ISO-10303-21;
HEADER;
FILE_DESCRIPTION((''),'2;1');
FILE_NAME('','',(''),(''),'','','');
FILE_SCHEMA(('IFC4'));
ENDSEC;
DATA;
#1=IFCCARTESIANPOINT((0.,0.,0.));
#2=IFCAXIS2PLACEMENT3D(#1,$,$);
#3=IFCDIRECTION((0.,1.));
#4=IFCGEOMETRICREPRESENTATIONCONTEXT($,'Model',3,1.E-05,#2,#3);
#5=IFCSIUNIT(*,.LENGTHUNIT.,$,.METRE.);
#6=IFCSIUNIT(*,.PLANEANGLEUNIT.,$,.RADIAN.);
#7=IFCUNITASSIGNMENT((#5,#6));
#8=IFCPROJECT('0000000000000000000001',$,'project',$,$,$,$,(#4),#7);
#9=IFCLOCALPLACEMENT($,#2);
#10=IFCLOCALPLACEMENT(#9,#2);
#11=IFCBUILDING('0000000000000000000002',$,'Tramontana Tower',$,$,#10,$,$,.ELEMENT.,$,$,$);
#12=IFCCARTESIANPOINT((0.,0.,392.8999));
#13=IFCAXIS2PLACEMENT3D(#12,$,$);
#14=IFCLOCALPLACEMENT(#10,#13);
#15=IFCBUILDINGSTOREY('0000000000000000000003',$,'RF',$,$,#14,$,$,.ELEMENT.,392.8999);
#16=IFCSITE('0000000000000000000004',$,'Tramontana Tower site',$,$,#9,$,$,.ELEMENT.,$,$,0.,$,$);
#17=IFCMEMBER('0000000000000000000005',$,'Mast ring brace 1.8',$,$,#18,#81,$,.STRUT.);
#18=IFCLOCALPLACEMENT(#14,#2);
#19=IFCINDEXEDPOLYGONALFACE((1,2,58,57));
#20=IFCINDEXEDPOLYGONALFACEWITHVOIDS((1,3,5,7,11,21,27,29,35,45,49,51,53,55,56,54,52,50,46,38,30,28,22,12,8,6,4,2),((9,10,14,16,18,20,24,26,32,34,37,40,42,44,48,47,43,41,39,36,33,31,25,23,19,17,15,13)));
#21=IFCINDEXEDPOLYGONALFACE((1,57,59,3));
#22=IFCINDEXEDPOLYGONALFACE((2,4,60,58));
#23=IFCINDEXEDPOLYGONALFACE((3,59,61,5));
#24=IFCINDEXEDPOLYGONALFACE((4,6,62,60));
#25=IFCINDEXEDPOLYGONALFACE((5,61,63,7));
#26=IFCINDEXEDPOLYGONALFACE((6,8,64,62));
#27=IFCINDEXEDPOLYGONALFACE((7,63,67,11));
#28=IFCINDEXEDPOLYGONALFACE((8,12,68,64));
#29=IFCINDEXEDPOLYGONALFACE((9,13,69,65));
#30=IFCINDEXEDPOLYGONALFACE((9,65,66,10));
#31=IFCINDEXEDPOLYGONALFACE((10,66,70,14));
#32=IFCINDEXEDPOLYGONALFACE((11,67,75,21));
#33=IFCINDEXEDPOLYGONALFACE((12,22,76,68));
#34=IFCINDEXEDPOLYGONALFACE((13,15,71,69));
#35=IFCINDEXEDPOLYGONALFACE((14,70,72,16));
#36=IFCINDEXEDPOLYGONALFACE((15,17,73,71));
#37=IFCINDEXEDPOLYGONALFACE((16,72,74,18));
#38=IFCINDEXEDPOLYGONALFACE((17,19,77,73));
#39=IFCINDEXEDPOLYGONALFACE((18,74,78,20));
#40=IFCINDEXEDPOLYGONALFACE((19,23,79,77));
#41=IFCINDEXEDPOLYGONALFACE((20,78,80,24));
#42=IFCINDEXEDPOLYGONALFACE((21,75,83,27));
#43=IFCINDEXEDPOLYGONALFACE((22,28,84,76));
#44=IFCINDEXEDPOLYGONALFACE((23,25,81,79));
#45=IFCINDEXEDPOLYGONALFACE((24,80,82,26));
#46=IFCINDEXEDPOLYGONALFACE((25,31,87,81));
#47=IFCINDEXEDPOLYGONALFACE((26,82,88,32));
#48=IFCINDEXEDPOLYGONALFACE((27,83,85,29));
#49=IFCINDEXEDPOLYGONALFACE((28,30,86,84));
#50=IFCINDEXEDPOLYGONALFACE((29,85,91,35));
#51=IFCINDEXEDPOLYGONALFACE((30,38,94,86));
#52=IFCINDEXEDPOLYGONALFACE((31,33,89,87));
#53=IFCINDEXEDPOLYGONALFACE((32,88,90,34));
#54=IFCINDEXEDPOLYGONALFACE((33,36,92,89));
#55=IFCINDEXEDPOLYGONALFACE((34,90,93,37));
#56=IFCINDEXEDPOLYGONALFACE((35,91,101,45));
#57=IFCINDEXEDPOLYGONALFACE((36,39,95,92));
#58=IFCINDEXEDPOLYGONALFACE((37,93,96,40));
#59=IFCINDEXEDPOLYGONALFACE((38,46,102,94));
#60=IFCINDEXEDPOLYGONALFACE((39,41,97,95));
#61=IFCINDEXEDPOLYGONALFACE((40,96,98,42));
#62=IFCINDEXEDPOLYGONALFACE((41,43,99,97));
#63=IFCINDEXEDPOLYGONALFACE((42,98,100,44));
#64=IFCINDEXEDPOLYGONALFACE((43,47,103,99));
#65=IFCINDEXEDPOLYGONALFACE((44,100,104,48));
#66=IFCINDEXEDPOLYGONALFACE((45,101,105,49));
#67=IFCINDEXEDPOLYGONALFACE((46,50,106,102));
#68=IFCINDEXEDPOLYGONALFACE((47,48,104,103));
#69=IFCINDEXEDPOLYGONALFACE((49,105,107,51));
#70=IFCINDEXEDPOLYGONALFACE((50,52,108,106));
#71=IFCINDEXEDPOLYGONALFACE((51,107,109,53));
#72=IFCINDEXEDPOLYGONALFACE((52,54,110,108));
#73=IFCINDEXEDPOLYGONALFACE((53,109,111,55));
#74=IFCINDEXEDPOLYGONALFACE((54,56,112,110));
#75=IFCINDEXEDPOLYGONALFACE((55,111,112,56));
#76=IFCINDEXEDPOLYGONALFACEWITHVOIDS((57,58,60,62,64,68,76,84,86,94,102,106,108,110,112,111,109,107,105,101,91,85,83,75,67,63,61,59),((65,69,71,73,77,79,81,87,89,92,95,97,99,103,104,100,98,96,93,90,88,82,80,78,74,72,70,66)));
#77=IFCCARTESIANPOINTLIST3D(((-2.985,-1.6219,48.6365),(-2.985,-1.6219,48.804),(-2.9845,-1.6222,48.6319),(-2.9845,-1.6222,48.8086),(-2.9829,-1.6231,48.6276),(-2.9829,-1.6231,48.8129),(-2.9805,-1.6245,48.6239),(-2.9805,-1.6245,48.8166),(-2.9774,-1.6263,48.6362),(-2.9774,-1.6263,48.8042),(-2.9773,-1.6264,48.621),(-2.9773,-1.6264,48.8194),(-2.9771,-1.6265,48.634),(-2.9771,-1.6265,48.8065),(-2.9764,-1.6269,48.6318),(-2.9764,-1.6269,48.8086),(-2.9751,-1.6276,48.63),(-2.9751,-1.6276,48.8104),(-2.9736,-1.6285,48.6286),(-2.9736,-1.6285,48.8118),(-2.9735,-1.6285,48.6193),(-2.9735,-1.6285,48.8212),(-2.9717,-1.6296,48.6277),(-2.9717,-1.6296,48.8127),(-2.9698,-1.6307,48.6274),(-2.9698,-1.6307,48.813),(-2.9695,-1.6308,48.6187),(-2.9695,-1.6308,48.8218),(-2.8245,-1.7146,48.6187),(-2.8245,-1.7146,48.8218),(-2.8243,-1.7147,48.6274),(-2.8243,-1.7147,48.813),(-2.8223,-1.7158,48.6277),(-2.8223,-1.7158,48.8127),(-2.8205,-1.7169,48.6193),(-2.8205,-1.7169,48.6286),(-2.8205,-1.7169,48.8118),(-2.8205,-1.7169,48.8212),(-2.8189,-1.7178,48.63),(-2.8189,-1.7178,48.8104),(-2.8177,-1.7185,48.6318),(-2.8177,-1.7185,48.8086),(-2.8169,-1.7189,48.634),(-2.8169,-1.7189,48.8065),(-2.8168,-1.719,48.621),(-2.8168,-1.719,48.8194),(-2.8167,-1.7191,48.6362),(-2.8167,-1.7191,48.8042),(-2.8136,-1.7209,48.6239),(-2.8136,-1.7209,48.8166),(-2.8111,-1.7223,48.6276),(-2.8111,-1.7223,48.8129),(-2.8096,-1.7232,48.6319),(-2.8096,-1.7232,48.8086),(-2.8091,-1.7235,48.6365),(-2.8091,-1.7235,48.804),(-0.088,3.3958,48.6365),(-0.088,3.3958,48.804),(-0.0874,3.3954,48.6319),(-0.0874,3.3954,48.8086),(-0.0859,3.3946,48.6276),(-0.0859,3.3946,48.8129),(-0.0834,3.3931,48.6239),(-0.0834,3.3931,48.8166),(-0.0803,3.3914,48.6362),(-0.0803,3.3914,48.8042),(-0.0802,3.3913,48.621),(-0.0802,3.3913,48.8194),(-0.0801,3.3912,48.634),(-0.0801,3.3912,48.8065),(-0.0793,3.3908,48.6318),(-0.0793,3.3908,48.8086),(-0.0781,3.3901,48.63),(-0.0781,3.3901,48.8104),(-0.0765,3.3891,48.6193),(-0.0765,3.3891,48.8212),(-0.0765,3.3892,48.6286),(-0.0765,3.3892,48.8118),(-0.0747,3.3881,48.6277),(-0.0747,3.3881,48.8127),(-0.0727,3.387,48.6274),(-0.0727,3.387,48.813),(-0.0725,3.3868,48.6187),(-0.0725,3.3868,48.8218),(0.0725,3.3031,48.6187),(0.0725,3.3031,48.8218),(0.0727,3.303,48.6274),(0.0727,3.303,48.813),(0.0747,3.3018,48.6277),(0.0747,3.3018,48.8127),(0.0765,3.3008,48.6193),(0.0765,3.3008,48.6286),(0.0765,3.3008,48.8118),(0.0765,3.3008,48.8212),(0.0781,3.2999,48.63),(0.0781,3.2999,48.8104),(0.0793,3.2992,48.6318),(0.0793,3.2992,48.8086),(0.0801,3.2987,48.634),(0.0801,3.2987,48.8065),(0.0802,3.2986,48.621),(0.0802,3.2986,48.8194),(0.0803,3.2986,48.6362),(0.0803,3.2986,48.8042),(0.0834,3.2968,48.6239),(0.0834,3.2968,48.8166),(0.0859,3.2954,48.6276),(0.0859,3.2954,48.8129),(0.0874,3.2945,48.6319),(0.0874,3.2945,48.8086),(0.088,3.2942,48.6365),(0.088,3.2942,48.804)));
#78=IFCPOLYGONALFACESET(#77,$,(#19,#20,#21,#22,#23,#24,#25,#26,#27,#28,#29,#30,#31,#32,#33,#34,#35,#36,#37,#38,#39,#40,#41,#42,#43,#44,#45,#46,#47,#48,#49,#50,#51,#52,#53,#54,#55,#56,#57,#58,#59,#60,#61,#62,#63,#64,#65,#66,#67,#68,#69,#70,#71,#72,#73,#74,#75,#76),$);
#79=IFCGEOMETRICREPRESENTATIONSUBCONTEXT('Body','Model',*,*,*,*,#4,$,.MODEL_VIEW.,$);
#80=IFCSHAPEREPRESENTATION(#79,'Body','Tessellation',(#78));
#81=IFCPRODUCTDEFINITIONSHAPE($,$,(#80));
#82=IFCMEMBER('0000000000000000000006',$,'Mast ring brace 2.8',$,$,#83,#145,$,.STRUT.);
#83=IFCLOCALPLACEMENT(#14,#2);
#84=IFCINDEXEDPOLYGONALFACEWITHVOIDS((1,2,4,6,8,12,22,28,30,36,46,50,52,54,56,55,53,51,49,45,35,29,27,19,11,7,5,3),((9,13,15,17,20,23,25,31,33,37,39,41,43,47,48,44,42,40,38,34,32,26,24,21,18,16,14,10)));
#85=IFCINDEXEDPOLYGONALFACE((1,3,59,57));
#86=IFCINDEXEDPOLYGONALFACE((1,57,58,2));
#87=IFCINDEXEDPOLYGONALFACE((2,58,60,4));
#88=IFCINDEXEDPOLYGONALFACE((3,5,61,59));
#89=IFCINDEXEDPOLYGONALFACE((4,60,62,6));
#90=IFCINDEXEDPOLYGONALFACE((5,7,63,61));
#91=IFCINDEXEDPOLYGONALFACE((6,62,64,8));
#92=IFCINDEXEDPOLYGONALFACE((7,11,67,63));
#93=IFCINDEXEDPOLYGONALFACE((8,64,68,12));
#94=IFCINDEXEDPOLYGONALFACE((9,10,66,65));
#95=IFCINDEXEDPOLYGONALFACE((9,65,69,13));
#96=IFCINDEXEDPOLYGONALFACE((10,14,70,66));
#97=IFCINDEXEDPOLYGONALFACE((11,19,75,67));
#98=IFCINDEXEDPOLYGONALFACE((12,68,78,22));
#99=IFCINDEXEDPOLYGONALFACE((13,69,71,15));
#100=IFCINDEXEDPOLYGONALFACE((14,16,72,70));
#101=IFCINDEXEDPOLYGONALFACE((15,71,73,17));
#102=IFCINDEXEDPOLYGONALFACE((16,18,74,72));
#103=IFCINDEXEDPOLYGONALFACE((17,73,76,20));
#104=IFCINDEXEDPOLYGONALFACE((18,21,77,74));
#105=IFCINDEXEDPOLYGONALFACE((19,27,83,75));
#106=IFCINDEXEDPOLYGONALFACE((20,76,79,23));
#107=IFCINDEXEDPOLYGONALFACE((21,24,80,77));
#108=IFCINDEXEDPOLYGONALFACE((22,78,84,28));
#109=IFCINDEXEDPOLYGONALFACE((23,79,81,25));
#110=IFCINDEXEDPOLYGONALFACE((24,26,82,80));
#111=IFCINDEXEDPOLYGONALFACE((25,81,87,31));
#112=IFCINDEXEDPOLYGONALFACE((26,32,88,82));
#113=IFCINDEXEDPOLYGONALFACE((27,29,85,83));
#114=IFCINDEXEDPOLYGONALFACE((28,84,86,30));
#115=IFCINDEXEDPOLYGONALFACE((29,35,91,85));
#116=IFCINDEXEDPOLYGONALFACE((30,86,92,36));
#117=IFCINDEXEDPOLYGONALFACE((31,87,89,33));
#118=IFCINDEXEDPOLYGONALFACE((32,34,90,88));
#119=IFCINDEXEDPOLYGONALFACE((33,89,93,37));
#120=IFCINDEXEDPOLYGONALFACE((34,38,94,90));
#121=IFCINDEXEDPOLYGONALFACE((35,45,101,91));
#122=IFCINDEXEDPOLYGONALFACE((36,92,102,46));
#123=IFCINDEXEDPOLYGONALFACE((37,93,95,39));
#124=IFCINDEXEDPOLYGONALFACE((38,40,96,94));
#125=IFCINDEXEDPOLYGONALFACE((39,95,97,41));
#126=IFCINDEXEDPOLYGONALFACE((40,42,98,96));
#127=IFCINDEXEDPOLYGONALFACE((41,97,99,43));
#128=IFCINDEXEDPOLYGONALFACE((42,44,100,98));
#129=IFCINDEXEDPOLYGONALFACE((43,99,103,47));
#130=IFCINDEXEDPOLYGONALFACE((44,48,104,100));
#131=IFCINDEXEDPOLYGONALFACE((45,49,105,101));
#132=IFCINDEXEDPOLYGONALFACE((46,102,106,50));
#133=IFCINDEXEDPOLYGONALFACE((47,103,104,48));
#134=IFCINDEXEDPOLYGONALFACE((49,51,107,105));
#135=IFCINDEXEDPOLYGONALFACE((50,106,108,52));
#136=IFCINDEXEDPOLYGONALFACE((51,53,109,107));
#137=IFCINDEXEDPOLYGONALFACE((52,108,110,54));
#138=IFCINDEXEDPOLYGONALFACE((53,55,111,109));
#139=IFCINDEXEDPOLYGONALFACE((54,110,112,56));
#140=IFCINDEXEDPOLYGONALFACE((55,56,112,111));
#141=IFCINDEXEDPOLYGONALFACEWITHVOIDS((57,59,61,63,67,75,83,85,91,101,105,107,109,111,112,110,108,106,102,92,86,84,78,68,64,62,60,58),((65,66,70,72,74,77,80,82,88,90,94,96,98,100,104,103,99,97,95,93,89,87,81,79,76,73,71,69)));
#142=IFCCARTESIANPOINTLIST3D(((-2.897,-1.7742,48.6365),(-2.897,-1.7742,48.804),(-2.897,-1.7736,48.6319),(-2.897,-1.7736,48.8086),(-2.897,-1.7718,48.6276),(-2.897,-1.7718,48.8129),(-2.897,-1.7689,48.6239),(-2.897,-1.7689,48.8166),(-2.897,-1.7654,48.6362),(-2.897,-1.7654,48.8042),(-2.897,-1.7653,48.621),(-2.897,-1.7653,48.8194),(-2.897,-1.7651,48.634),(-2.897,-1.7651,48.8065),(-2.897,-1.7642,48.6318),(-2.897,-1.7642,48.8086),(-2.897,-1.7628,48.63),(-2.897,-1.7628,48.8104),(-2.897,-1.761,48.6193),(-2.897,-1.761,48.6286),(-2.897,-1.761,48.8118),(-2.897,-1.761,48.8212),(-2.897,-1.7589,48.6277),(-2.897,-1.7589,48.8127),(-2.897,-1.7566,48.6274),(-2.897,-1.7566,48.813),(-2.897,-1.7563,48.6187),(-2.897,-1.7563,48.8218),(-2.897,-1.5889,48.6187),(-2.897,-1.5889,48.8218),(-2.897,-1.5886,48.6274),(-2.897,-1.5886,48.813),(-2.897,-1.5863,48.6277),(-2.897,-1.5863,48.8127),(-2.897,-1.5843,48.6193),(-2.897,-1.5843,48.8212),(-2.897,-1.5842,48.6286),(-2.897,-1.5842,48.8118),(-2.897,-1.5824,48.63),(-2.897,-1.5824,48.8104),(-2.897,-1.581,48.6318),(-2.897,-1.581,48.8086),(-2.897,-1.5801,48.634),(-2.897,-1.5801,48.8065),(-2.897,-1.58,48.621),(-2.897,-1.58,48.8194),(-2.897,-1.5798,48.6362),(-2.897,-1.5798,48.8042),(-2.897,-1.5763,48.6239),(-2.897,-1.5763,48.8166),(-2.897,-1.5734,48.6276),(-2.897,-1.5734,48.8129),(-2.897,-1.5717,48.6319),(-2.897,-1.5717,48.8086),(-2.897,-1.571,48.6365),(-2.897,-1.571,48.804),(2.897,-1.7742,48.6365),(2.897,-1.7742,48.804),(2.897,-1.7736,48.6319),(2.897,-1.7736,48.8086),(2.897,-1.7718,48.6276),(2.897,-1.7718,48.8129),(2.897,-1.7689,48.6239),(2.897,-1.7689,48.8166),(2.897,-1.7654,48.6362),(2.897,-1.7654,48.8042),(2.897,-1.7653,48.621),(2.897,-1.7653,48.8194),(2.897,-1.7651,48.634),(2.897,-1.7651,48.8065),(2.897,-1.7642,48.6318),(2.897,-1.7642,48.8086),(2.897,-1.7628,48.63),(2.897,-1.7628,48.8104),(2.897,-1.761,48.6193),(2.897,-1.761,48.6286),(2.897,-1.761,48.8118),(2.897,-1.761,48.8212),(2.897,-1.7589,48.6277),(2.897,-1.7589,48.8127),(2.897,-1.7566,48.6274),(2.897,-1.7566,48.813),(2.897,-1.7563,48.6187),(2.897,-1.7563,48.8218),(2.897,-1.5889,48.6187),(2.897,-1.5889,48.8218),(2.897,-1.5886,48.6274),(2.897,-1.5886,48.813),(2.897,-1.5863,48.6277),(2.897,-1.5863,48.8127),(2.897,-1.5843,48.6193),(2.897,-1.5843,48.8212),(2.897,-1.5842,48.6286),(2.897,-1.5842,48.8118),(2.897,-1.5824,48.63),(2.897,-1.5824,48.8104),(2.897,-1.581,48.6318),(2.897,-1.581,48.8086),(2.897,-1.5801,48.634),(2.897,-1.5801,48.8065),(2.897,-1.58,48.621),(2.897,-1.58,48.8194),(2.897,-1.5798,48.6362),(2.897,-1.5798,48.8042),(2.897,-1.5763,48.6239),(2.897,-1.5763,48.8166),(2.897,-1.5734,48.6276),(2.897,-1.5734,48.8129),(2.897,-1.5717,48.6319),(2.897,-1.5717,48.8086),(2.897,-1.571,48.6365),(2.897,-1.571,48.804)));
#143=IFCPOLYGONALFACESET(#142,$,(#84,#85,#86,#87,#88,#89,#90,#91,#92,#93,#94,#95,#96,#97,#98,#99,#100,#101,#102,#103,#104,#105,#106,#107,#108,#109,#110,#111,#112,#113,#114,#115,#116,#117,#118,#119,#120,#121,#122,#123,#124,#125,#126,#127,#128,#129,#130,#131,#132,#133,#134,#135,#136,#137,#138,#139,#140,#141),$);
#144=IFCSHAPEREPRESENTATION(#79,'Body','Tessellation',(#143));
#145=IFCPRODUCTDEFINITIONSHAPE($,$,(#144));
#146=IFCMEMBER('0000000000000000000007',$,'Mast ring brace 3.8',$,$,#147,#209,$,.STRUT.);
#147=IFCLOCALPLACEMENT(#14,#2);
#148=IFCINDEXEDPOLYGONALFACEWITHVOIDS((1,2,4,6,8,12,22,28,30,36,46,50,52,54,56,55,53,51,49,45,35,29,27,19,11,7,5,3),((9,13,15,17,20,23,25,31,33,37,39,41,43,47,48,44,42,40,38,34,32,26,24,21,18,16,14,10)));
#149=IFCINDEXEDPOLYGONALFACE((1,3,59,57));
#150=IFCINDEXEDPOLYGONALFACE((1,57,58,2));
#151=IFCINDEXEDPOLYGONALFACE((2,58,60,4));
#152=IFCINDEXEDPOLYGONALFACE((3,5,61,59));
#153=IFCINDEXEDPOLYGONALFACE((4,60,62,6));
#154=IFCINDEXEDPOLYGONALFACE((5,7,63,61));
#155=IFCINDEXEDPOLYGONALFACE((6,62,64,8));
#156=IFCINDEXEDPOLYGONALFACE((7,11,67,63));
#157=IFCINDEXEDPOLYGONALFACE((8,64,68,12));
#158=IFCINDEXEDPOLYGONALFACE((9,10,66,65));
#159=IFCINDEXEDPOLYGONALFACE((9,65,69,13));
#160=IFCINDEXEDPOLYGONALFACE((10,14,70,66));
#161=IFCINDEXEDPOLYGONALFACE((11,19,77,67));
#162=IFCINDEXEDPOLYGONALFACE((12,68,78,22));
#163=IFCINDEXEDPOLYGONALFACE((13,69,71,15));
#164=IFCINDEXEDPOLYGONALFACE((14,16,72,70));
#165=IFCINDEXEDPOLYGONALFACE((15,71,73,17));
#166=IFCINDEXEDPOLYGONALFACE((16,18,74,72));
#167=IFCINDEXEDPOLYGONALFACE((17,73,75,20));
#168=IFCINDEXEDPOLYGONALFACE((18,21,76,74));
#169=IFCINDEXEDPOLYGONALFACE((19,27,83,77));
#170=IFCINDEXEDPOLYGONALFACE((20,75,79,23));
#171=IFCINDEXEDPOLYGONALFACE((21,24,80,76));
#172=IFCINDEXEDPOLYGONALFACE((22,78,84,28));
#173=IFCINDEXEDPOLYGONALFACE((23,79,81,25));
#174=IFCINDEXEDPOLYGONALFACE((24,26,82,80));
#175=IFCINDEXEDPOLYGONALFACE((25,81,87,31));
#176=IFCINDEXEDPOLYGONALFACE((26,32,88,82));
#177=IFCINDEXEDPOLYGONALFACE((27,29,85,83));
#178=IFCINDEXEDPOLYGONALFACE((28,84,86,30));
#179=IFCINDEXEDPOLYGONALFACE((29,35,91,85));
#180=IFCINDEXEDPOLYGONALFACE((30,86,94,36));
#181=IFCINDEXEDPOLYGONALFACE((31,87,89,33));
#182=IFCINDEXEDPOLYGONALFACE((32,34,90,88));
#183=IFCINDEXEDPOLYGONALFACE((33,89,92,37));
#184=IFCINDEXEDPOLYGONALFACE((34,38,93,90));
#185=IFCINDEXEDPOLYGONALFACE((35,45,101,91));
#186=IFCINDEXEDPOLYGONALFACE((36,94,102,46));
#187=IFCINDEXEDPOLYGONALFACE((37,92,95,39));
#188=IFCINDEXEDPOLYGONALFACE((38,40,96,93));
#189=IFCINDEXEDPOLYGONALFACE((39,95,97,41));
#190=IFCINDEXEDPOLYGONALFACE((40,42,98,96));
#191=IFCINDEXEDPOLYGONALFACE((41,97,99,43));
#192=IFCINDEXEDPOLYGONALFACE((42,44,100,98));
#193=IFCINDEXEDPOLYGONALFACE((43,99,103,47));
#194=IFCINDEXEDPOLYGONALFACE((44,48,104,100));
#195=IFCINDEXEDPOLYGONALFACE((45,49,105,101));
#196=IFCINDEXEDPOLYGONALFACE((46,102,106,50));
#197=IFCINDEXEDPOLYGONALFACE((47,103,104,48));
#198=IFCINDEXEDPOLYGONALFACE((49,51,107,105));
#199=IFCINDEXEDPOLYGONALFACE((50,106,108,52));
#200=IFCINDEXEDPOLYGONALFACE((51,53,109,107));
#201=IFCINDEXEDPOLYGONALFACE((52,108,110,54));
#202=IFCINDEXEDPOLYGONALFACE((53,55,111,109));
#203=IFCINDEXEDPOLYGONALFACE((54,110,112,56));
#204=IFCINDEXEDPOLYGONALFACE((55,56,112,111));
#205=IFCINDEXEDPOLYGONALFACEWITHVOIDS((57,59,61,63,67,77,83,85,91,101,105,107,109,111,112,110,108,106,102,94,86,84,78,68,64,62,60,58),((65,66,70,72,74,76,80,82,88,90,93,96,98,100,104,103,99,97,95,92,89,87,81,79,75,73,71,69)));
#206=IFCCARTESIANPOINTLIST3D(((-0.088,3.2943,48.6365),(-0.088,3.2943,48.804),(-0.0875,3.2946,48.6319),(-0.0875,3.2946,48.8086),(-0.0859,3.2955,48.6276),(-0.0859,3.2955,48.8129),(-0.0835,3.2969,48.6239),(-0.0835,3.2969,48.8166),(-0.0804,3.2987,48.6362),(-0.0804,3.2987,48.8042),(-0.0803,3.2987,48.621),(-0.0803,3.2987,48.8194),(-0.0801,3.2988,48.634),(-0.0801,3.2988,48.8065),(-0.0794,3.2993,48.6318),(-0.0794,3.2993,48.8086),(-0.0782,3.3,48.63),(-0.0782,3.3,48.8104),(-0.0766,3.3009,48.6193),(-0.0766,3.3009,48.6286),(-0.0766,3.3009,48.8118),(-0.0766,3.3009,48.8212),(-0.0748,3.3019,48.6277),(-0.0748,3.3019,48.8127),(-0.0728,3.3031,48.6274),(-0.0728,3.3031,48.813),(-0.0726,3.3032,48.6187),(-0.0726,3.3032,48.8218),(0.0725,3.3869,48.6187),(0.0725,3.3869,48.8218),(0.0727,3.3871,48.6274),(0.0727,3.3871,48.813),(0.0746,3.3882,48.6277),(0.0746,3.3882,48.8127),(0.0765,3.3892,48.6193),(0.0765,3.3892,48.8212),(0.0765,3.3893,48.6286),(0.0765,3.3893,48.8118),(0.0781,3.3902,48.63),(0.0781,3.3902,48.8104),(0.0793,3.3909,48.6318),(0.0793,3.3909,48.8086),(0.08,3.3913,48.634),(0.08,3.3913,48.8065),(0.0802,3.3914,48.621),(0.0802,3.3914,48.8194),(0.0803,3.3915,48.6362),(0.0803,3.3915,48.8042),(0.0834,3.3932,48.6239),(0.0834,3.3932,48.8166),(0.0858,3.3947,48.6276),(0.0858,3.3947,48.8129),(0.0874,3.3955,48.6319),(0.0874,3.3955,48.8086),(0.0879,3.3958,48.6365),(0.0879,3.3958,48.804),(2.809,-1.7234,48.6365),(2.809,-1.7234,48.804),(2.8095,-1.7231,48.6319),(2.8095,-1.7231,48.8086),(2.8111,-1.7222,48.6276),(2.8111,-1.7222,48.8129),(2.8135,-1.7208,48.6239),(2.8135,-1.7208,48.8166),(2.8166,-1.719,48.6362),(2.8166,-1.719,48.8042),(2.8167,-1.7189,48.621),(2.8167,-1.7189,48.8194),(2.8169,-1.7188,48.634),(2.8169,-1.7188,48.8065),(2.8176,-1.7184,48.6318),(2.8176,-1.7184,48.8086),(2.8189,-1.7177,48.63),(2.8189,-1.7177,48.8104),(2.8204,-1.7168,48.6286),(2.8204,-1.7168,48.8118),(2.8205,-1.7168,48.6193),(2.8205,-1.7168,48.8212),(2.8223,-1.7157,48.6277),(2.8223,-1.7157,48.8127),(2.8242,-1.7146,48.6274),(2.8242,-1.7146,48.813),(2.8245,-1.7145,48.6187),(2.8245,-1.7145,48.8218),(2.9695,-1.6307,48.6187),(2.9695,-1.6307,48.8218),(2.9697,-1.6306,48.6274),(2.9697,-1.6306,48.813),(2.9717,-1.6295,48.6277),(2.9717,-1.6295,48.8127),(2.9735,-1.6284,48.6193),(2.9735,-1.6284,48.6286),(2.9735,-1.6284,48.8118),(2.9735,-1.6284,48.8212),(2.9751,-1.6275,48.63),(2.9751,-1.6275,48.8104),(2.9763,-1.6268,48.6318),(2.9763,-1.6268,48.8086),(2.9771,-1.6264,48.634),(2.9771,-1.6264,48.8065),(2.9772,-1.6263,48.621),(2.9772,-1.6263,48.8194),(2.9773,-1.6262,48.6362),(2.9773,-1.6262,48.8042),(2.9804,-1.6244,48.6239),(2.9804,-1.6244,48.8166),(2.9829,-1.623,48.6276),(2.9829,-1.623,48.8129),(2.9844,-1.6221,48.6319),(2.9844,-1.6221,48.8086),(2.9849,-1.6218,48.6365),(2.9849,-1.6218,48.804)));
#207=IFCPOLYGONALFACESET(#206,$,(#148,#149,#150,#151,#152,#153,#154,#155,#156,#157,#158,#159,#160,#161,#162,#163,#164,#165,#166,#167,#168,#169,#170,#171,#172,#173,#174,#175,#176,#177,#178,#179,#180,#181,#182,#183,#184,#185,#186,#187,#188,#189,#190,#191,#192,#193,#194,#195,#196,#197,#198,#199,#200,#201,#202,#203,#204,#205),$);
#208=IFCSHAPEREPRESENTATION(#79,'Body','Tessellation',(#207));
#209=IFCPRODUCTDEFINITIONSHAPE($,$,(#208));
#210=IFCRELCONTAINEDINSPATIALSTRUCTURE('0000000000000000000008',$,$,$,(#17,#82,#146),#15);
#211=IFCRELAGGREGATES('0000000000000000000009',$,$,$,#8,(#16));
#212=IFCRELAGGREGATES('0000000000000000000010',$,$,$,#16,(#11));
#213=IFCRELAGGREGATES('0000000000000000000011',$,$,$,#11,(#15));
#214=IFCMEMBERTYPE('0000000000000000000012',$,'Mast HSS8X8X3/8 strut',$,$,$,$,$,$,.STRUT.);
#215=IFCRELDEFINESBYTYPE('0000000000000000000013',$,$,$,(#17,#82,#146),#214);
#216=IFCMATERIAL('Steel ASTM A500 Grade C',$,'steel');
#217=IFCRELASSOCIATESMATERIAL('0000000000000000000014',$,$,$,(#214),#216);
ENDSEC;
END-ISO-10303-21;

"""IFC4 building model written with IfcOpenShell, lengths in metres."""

from ifc_helpers import new_model, si_unit, direction, frame, origin, origin_2d, place, context, subcontext, project, spatial, hollow_rectangle, extrude, material, material_profile, profile_set, type_object, element, save


model = new_model("IFC4")

# Units and contexts
model_context = context("Model", 3, precision=1e-05, world=origin(), true_north=direction((0.0, 1.0)))
body_context = subcontext(model_context, "Body", "Model", "MODEL_VIEW")
ifc_project = project(units=[si_unit("LENGTHUNIT", "METRE"), si_unit("PLANEANGLEUNIT", "RADIAN")], contexts=[model_context])

# Site, building, storey
site_placement = place(None, origin())
site = spatial("IfcSite", under=ifc_project, at=site_placement, Name="Tramontana Tower site", CompositionType="ELEMENT", RefElevation=0.0)
building_placement = place(site_placement, origin())
building = spatial("IfcBuilding", under=site, at=building_placement, Name="Tramontana Tower", CompositionType="ELEMENT")
storey_placement = place(building_placement, frame((0.0, 0.0, 392.8999)))
storey = spatial("IfcBuildingStorey", under=building, at=storey_placement, Name="RF", CompositionType="ELEMENT", Elevation=392.8999)

# Members
ifc_material_1 = material(Name="Steel ASTM A500 Grade C", Category="steel")
ifc_material_profile_1 = material_profile(ifc_material_1, hollow_rectangle(XDim=0.2031, YDim=0.2031, WallThickness=0.0088, InnerFilletRadius=0.0088, OuterFilletRadius=0.0178, at=origin_2d()), Name="HSS8X8X3/8")
ifc_profile_set_1 = profile_set([ifc_material_profile_1], Name="Steel ASTM A500 Grade C")
member_type_1 = type_object("IfcMemberType", Name="Mast HSS8X8X3/8 strut", PredefinedType="STRUT", material=ifc_profile_set_1)
for number, where, z_axis, x_axis, name in (
    (1, (0.0, 3.345, 48.7202), (-0.500009, -0.86602, 0.0), (0.86602, -0.500009, 0.0), "Mast ring brace 1.8"),
    (2, (-2.897, -1.6726, 48.7202), (1.0, 0.0, 0.0), (0.0, 1.0, 0.0), "Mast ring brace 2.8"),
    (3, (2.897, -1.6726, 48.7202), (-0.500009, 0.86602, 0.0), (-0.86602, -0.500009, 0.0), "Mast ring brace 3.8"),
):
    element("IfcMember", number, at=place(storey_placement, frame(where, z_axis=z_axis, x_axis=x_axis)), inside=storey, type_object=member_type_1, Name=name, PredefinedType="STRUT", context=body_context, shape_type="SweptSolid", body=[
        extrude(hollow_rectangle(XDim=0.2031, YDim=0.2031, WallThickness=0.0088, InnerFilletRadius=0.0088, OuterFilletRadius=0.0178, at=origin_2d()), origin(), (0.0, 0.0, 1.0), 5.7939),
    ])

save(model, "model.ifc")
